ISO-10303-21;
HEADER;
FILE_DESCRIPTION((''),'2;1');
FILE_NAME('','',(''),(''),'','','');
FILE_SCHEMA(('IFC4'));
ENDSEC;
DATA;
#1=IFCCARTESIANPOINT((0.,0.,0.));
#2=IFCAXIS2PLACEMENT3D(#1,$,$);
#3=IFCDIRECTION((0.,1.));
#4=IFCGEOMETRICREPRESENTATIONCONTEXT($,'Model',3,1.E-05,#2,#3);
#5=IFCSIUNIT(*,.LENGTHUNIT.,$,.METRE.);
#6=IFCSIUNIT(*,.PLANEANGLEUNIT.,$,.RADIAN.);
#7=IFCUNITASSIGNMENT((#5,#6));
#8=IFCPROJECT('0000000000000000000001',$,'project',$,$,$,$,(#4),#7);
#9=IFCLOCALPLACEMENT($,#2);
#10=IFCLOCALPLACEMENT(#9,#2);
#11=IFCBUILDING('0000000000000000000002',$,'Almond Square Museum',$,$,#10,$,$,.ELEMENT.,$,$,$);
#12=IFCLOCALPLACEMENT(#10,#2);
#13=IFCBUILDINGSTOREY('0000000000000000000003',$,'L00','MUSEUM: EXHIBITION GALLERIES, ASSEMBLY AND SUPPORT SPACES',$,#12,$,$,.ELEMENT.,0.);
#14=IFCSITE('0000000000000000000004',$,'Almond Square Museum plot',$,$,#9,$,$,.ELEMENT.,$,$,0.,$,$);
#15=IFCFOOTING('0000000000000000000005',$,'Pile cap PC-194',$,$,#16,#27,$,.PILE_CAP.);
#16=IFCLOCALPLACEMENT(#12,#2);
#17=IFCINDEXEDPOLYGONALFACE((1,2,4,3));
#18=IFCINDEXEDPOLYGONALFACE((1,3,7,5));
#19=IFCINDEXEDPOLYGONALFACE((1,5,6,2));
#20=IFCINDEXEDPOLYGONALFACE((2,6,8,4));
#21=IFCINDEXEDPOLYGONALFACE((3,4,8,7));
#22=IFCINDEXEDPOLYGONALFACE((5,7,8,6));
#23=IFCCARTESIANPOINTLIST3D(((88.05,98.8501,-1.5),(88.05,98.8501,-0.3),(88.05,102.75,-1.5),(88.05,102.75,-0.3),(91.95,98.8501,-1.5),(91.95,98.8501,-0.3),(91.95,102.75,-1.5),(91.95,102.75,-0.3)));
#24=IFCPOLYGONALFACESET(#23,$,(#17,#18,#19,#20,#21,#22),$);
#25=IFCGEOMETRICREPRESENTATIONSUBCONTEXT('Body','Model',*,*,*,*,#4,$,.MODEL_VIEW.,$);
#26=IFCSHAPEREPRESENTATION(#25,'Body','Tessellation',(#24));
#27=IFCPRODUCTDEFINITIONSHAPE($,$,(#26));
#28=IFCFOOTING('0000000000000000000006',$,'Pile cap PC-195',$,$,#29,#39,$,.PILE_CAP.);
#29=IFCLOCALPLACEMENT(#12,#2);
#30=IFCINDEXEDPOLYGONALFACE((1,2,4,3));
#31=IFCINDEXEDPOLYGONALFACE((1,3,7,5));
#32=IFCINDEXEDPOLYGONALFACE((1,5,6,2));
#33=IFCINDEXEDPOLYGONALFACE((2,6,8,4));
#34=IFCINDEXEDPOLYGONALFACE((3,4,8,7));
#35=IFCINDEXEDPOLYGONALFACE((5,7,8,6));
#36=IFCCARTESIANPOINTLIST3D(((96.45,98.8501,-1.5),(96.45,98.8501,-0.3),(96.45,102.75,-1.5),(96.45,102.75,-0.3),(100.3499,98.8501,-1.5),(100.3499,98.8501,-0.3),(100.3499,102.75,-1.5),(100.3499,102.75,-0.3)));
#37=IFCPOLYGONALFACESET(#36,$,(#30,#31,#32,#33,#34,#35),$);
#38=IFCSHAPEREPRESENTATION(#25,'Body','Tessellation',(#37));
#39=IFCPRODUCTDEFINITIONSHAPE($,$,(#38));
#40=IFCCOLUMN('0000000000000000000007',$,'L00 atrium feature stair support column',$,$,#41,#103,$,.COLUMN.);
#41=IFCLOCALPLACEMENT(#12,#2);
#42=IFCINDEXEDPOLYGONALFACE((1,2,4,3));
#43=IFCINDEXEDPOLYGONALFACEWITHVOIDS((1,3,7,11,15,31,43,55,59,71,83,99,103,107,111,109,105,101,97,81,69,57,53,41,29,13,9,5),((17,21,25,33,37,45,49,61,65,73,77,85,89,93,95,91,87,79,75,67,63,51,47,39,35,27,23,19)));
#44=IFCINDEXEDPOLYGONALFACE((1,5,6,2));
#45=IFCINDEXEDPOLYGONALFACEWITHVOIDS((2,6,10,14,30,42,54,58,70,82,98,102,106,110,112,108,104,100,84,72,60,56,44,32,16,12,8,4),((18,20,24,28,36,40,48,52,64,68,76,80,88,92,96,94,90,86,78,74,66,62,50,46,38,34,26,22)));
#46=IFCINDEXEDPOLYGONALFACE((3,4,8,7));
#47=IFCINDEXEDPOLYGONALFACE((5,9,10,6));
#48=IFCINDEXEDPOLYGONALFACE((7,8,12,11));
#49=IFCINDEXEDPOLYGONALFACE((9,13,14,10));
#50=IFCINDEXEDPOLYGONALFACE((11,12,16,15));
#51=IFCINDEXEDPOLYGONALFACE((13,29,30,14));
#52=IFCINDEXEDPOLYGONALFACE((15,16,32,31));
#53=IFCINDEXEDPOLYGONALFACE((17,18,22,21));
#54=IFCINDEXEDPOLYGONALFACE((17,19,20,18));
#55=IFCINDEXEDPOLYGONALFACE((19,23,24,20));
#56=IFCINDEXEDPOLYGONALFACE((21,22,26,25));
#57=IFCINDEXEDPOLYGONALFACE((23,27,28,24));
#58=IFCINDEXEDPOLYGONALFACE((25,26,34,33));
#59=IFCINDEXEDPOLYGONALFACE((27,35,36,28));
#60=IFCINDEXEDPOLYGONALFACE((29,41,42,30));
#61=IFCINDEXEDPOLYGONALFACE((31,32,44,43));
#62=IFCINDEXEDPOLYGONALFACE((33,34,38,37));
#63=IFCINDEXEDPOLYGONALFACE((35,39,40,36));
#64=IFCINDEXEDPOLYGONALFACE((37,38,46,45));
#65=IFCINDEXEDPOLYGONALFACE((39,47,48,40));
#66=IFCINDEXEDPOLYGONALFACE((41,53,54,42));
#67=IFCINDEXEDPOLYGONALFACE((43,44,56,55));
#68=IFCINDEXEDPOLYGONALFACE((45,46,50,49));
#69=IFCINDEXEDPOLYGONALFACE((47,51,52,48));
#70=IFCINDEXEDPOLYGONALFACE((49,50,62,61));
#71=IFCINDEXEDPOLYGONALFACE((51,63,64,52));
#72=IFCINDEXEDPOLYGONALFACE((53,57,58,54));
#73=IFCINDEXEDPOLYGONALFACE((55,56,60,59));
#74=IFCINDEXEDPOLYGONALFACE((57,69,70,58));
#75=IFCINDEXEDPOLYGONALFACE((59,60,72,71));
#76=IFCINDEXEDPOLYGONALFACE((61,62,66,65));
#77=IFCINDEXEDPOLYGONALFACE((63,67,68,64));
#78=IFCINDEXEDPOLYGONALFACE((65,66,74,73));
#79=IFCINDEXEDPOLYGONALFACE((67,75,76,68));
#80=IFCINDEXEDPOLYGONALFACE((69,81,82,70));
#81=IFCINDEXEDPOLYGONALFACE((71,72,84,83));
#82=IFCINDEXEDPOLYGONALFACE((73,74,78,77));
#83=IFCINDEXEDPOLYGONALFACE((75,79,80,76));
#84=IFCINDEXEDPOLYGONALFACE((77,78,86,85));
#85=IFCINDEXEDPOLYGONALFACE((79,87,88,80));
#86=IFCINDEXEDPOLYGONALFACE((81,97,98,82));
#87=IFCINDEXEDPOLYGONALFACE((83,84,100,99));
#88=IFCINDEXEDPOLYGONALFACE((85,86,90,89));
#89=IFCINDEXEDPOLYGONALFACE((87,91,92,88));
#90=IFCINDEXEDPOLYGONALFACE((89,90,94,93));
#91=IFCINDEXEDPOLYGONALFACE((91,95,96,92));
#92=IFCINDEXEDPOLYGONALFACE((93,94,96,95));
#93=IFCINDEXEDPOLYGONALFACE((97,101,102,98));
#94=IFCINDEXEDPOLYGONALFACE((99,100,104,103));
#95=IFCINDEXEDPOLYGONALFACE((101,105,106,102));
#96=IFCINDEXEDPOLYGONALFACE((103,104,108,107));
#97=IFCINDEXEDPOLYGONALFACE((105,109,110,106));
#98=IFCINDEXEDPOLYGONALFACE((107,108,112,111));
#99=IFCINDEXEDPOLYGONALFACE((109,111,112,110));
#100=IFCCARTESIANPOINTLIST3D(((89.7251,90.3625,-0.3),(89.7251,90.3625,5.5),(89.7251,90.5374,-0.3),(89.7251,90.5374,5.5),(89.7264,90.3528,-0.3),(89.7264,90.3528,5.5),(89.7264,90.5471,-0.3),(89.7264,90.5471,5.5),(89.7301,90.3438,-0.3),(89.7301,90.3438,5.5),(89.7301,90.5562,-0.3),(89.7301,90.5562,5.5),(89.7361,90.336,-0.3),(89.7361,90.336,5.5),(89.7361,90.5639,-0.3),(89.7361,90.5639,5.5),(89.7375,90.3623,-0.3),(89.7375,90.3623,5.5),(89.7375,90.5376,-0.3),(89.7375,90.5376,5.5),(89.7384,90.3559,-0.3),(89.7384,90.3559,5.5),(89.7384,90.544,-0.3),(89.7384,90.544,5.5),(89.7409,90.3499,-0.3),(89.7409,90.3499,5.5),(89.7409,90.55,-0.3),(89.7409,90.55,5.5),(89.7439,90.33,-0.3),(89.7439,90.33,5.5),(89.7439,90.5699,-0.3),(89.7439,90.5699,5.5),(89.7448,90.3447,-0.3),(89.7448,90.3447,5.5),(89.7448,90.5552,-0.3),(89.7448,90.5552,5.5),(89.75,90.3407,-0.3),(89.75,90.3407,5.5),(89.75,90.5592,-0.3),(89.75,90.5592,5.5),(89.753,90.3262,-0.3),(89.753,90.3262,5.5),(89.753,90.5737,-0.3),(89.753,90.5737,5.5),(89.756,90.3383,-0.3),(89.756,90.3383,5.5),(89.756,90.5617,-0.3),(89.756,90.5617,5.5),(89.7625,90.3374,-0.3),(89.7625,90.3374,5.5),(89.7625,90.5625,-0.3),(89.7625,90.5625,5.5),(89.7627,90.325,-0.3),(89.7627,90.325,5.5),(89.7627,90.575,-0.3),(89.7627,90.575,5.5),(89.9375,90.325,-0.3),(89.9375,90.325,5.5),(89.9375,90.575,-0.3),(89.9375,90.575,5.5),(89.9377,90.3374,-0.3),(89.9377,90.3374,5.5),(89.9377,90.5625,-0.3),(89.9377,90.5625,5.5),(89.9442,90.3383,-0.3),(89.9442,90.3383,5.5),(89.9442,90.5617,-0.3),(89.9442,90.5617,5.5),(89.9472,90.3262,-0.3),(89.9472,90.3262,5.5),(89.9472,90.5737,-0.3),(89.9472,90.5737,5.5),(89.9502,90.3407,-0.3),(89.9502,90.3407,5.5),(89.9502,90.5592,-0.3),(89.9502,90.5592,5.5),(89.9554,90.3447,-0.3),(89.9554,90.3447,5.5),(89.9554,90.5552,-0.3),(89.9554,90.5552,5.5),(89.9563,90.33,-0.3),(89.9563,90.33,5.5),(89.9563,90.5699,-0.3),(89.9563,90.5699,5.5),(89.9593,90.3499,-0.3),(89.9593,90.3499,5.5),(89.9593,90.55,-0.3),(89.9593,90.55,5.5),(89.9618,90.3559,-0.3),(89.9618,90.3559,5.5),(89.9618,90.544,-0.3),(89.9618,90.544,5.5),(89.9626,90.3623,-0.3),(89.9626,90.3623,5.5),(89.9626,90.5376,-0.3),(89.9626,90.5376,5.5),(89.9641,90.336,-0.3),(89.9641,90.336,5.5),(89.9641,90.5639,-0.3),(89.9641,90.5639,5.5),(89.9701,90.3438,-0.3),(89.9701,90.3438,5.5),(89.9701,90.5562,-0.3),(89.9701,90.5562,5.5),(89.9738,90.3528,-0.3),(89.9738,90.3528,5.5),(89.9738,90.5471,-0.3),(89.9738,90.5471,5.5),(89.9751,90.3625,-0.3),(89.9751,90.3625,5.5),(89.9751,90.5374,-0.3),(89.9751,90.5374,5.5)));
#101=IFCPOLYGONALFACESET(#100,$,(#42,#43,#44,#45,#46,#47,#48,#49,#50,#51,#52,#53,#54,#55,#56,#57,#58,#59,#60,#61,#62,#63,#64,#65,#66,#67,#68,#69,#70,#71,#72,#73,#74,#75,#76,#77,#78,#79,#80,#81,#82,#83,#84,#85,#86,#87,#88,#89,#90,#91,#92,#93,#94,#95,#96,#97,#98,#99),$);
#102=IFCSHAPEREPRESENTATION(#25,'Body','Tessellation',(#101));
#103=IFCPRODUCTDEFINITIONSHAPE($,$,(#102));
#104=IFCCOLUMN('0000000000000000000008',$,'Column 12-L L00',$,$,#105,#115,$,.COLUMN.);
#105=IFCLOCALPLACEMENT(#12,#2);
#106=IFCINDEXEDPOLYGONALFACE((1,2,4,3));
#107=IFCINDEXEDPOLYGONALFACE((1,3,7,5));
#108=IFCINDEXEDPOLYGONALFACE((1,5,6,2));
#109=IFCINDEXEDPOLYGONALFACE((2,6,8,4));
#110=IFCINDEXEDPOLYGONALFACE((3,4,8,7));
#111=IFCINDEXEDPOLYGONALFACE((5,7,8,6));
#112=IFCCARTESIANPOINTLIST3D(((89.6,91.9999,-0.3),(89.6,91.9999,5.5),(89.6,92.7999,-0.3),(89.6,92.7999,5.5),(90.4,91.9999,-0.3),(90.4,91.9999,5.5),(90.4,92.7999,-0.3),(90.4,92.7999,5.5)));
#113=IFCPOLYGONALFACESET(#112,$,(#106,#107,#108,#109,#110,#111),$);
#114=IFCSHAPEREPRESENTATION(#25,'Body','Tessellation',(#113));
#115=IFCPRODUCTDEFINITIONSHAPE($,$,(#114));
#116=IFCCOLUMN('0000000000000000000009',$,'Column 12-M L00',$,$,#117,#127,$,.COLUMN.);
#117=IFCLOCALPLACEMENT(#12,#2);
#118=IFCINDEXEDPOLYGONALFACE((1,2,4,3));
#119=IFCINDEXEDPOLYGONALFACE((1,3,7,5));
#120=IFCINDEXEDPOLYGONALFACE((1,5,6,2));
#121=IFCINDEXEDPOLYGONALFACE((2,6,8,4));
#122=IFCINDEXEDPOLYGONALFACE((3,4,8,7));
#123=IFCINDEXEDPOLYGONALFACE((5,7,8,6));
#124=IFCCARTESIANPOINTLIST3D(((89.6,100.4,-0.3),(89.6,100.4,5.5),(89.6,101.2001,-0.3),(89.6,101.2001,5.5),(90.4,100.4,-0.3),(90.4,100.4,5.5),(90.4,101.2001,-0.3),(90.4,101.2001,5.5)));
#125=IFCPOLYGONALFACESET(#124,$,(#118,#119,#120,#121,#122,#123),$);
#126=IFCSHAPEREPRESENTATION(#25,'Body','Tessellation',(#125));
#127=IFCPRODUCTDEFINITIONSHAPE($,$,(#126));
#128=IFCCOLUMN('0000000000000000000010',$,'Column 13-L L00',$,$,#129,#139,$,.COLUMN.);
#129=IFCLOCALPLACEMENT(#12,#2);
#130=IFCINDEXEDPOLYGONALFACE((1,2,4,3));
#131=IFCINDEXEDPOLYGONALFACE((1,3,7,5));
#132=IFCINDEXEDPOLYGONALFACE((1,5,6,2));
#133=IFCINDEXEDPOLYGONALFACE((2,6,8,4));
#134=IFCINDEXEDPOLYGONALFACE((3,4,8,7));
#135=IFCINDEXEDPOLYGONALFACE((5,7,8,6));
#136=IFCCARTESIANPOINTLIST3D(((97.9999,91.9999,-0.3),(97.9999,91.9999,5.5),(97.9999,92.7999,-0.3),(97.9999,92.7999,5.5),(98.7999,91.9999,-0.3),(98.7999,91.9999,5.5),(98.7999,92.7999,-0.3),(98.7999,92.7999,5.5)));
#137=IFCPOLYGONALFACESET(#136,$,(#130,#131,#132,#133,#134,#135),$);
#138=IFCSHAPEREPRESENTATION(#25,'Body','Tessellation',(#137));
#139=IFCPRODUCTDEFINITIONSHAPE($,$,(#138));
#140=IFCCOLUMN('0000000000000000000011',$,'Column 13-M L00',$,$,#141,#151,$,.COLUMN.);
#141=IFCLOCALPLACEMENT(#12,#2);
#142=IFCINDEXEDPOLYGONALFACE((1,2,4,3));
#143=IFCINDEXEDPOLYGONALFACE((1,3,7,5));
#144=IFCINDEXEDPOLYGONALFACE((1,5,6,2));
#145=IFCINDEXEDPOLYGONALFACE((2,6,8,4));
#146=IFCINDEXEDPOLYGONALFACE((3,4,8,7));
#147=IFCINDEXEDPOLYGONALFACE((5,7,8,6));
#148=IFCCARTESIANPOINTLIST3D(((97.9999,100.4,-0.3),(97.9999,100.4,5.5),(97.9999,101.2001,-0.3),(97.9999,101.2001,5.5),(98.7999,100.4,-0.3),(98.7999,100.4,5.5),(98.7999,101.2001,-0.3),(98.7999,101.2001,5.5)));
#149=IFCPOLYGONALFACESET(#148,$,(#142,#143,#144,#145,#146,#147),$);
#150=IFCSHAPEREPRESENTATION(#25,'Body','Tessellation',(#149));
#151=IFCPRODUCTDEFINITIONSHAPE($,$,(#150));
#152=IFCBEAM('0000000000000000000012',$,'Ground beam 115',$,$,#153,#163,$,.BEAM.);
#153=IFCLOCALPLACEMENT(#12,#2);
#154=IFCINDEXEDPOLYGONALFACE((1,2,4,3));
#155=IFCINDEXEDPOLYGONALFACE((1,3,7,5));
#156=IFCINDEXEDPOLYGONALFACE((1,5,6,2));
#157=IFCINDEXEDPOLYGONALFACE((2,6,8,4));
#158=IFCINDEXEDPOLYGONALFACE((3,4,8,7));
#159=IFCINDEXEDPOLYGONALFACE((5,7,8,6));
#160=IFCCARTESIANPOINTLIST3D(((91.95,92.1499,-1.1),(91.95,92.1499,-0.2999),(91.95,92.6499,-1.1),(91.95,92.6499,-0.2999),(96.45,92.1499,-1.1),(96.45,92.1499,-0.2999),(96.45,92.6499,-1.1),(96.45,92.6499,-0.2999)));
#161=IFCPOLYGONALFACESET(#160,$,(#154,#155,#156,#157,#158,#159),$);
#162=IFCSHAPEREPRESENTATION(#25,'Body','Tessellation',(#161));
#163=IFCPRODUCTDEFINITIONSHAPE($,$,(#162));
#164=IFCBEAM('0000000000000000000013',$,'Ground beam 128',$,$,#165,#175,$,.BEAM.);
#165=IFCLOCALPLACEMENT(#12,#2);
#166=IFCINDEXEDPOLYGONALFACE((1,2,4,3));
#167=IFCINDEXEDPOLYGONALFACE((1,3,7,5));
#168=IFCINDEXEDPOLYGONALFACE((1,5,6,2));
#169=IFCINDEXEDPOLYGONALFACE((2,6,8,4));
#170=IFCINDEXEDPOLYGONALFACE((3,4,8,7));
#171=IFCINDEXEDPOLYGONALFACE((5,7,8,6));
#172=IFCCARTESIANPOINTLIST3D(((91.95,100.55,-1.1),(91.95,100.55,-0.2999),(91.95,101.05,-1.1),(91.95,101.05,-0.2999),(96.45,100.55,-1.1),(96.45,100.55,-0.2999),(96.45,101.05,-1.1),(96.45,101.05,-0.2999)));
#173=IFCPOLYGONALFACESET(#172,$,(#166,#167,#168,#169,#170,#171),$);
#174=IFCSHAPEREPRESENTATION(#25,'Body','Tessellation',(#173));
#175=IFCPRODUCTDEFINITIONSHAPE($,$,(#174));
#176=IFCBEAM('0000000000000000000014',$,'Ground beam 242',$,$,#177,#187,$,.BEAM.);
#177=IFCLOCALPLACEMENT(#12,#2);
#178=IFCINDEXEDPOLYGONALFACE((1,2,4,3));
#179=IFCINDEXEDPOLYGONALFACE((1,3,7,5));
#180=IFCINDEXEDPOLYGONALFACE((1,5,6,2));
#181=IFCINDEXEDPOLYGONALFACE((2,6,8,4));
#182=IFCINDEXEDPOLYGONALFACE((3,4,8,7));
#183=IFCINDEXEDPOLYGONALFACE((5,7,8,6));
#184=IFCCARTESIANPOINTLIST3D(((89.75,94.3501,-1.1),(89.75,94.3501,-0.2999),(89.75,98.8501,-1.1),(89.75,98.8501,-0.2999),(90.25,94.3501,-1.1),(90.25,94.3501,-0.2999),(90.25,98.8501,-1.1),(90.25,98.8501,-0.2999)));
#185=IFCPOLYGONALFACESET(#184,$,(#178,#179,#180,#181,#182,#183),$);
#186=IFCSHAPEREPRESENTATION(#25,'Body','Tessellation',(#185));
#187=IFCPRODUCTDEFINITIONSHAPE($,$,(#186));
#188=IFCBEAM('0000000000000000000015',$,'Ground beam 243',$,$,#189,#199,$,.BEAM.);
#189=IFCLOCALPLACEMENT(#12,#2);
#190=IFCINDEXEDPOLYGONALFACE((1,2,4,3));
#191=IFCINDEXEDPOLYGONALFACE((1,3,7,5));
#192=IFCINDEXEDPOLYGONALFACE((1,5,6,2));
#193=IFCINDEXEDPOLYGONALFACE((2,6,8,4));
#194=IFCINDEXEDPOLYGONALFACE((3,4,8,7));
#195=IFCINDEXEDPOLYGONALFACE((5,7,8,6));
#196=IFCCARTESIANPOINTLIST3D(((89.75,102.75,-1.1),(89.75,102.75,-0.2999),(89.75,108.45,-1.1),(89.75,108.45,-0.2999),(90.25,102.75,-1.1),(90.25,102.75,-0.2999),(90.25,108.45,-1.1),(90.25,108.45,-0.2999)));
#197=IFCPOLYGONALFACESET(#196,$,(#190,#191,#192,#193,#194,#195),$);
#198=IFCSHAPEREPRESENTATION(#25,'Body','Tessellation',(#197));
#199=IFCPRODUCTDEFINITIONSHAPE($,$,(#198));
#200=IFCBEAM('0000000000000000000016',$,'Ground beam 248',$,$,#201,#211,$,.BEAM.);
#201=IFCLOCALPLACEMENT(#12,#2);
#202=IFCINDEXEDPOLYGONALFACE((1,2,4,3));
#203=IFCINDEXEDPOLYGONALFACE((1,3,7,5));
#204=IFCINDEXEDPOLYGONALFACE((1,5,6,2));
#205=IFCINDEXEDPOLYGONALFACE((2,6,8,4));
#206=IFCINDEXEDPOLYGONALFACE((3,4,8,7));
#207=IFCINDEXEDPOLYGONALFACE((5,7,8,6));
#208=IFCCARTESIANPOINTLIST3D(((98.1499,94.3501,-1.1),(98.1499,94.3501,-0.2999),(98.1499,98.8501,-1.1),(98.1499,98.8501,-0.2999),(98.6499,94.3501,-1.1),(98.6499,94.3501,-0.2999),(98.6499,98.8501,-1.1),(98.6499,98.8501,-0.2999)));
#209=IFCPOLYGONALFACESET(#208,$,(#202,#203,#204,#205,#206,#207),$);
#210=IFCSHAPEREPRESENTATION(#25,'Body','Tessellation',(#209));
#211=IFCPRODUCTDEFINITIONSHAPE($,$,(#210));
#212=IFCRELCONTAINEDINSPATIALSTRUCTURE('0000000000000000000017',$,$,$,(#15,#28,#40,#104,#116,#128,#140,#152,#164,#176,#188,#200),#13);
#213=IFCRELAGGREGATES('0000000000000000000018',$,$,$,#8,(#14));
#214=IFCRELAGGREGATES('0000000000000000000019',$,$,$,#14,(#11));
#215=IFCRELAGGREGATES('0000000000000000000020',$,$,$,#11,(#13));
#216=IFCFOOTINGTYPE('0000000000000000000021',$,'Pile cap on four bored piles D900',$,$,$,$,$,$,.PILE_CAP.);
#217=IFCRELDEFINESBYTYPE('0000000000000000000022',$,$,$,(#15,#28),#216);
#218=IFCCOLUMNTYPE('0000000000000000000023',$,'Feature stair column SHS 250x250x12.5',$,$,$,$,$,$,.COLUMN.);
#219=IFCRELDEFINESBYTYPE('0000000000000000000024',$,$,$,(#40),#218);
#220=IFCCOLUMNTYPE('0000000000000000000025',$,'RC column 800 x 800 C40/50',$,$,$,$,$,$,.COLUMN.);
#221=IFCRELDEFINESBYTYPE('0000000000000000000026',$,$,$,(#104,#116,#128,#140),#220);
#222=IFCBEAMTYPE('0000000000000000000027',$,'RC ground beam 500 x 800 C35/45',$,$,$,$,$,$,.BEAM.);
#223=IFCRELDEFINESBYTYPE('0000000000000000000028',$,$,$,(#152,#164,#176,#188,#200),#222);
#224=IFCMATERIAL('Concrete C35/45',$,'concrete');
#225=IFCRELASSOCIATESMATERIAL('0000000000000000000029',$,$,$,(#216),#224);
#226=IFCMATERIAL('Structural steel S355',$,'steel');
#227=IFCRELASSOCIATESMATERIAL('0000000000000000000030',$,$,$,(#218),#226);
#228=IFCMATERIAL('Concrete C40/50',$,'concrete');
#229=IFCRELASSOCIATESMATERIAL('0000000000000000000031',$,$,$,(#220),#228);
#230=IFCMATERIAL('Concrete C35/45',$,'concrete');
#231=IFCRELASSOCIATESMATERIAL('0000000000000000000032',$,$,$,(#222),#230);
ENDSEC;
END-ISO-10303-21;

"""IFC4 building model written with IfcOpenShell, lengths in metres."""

from ifc_helpers import new_model, si_unit, direction, frame, origin, origin_2d, place, context, subcontext, project, spatial, rectangle, hollow_rectangle, extrude, material, material_profile, profile_set, type_object, element, save


model = new_model("IFC4")

# Units and contexts
model_context = context("Model", 3, precision=1e-05, world=origin(), true_north=direction((0.0, 1.0)))
body_context = subcontext(model_context, "Body", "Model", "MODEL_VIEW")
ifc_project = project(units=[si_unit("LENGTHUNIT", "METRE"), si_unit("PLANEANGLEUNIT", "RADIAN")], contexts=[model_context])

# Site, building, storey
site_placement = place(None, origin())
site = spatial("IfcSite", under=ifc_project, at=site_placement, Name="Almond Square Museum plot", CompositionType="ELEMENT", RefElevation=0.0)
building_placement = place(site_placement, origin())
building = spatial("IfcBuilding", under=site, at=building_placement, Name="Almond Square Museum", CompositionType="ELEMENT")
storey_placement = place(building_placement, origin())
storey = spatial("IfcBuildingStorey", under=building, at=storey_placement, Name="L00", Description="MUSEUM: EXHIBITION GALLERIES, ASSEMBLY AND SUPPORT SPACES", CompositionType="ELEMENT", Elevation=0.0)

# Footings
ifc_material_1 = material(Name="Concrete C35/45", Category="concrete")
footing_type = type_object("IfcFootingType", Name="Pile cap on four bored piles D900", PredefinedType="PILE_CAP", material=ifc_material_1)
for number, where, z_axis, x_axis, name in (
    (1, (90.0, 100.8, -1.5), (0.0, 0.0, 1.0), (1.0, 0.0, 0.0), "Pile cap PC-194"),
    (2, (98.3999, 100.8, -1.5), (0.0, 0.0, 1.0), (1.0, 0.0, 0.0), "Pile cap PC-195"),
):
    element("IfcFooting", number, at=place(storey_placement, frame(where, z_axis=z_axis, x_axis=x_axis)), inside=storey, type_object=footing_type, Name=name, PredefinedType="PILE_CAP", context=body_context, shape_type="SweptSolid", body=[
        extrude(rectangle(XDim=3.8999, YDim=3.8999, at=origin_2d()), origin(), (0.0, 0.0, 1.0), 1.2),
    ])

# Columns
ifc_material_2 = material(Name="Structural steel S355", Category="steel")
ifc_material_profile_1 = material_profile(ifc_material_2, hollow_rectangle(XDim=0.25, YDim=0.25, WallThickness=0.0125, InnerFilletRadius=0.0249, OuterFilletRadius=0.0376, at=origin_2d()))
ifc_profile_set_1 = profile_set([ifc_material_profile_1], Name="Structural steel S355")
column_type_1 = type_object("IfcColumnType", Name="Feature stair column SHS 250x250x12.5", PredefinedType="COLUMN", material=ifc_profile_set_1)
column_placement = place(storey_placement, frame((89.8501, 90.45, -0.3), z_axis=(0.0, 0.0, 1.0), x_axis=(1.0, 0.0, 0.0)))
element("IfcColumn", 3, at=column_placement, inside=storey, type_object=column_type_1, Name="L00 atrium feature stair support column", PredefinedType="COLUMN", context=body_context, shape_type="SweptSolid", body=[
    extrude(hollow_rectangle(XDim=0.25, YDim=0.25, WallThickness=0.0125, InnerFilletRadius=0.0249, OuterFilletRadius=0.0376, at=origin_2d()), origin(), (0.0, 0.0, 1.0), 5.8),
])
ifc_material_3 = material(Name="Concrete C40/50", Category="concrete")
ifc_material_profile_2 = material_profile(ifc_material_3, rectangle(XDim=0.8, YDim=0.8, at=origin_2d()))
ifc_profile_set_2 = profile_set([ifc_material_profile_2], Name="Concrete C40/50")
column_type_2 = type_object("IfcColumnType", Name="RC column 800 x 800 C40/50", PredefinedType="COLUMN", material=ifc_profile_set_2)
for number, where, z_axis, x_axis, name in (
    (4, (90.0, 92.3999, -0.3), (0.0, 0.0, 1.0), (1.0, 0.0, 0.0), "Column 12-L L00"),
    (5, (90.0, 100.8, -0.3), (0.0, 0.0, 1.0), (1.0, 0.0, 0.0), "Column 12-M L00"),
    (6, (98.3999, 92.3999, -0.3), (0.0, 0.0, 1.0), (1.0, 0.0, 0.0), "Column 13-L L00"),
    (7, (98.3999, 100.8, -0.3), (0.0, 0.0, 1.0), (1.0, 0.0, 0.0), "Column 13-M L00"),
):
    element("IfcColumn", number, at=place(storey_placement, frame(where, z_axis=z_axis, x_axis=x_axis)), inside=storey, type_object=column_type_2, Name=name, PredefinedType="COLUMN", context=body_context, shape_type="SweptSolid", body=[
        extrude(rectangle(XDim=0.8, YDim=0.8, at=origin_2d()), origin(), (0.0, 0.0, 1.0), 5.8),
    ])

# Beams
ifc_material_4 = material(Name="Concrete C35/45", Category="concrete")
ifc_material_profile_3 = material_profile(ifc_material_4, rectangle(XDim=0.5, YDim=0.8, at=origin_2d()))
ifc_profile_set_3 = profile_set([ifc_material_profile_3], Name="Concrete C35/45")
beam_type = type_object("IfcBeamType", Name="RC ground beam 500 x 800 C35/45", PredefinedType="BEAM", material=ifc_profile_set_3)
for number, where, z_axis, x_axis, name in (
    (8, (91.95, 92.3999, -0.7), (1.0, 0.0, 0.0), (0.0, 1.0, 0.0), "Ground beam 115"),
    (9, (91.95, 100.8, -0.7), (1.0, 0.0, 0.0), (0.0, 1.0, 0.0), "Ground beam 128"),
    (10, (90.0, 94.3501, -0.7), (0.0, 1.0, 0.0), (-1.0, 0.0, 0.0), "Ground beam 242"),
):
    element("IfcBeam", number, at=place(storey_placement, frame(where, z_axis=z_axis, x_axis=x_axis)), inside=storey, type_object=beam_type, Name=name, PredefinedType="BEAM", context=body_context, shape_type="SweptSolid", body=[
        extrude(rectangle(XDim=0.5, YDim=0.8, at=origin_2d()), origin(), (0.0, 0.0, 1.0), 4.5),
    ])
beam_1_placement = place(storey_placement, frame((90.0, 102.75, -0.7), z_axis=(0.0, 1.0, 0.0), x_axis=(-1.0, 0.0, 0.0)))
element("IfcBeam", 11, at=beam_1_placement, inside=storey, type_object=beam_type, Name="Ground beam 243", PredefinedType="BEAM", context=body_context, shape_type="SweptSolid", body=[
    extrude(rectangle(XDim=0.5, YDim=0.8, at=origin_2d()), origin(), (0.0, 0.0, 1.0), 5.7),
])
beam_2_placement = place(storey_placement, frame((98.3999, 94.3501, -0.7), z_axis=(0.0, 1.0, 0.0), x_axis=(-1.0, 0.0, 0.0)))
element("IfcBeam", 12, at=beam_2_placement, inside=storey, type_object=beam_type, Name="Ground beam 248", PredefinedType="BEAM", context=body_context, shape_type="SweptSolid", body=[
    extrude(rectangle(XDim=0.5, YDim=0.8, at=origin_2d()), origin(), (0.0, 0.0, 1.0), 4.5),
])

save(model, "model.ifc")
